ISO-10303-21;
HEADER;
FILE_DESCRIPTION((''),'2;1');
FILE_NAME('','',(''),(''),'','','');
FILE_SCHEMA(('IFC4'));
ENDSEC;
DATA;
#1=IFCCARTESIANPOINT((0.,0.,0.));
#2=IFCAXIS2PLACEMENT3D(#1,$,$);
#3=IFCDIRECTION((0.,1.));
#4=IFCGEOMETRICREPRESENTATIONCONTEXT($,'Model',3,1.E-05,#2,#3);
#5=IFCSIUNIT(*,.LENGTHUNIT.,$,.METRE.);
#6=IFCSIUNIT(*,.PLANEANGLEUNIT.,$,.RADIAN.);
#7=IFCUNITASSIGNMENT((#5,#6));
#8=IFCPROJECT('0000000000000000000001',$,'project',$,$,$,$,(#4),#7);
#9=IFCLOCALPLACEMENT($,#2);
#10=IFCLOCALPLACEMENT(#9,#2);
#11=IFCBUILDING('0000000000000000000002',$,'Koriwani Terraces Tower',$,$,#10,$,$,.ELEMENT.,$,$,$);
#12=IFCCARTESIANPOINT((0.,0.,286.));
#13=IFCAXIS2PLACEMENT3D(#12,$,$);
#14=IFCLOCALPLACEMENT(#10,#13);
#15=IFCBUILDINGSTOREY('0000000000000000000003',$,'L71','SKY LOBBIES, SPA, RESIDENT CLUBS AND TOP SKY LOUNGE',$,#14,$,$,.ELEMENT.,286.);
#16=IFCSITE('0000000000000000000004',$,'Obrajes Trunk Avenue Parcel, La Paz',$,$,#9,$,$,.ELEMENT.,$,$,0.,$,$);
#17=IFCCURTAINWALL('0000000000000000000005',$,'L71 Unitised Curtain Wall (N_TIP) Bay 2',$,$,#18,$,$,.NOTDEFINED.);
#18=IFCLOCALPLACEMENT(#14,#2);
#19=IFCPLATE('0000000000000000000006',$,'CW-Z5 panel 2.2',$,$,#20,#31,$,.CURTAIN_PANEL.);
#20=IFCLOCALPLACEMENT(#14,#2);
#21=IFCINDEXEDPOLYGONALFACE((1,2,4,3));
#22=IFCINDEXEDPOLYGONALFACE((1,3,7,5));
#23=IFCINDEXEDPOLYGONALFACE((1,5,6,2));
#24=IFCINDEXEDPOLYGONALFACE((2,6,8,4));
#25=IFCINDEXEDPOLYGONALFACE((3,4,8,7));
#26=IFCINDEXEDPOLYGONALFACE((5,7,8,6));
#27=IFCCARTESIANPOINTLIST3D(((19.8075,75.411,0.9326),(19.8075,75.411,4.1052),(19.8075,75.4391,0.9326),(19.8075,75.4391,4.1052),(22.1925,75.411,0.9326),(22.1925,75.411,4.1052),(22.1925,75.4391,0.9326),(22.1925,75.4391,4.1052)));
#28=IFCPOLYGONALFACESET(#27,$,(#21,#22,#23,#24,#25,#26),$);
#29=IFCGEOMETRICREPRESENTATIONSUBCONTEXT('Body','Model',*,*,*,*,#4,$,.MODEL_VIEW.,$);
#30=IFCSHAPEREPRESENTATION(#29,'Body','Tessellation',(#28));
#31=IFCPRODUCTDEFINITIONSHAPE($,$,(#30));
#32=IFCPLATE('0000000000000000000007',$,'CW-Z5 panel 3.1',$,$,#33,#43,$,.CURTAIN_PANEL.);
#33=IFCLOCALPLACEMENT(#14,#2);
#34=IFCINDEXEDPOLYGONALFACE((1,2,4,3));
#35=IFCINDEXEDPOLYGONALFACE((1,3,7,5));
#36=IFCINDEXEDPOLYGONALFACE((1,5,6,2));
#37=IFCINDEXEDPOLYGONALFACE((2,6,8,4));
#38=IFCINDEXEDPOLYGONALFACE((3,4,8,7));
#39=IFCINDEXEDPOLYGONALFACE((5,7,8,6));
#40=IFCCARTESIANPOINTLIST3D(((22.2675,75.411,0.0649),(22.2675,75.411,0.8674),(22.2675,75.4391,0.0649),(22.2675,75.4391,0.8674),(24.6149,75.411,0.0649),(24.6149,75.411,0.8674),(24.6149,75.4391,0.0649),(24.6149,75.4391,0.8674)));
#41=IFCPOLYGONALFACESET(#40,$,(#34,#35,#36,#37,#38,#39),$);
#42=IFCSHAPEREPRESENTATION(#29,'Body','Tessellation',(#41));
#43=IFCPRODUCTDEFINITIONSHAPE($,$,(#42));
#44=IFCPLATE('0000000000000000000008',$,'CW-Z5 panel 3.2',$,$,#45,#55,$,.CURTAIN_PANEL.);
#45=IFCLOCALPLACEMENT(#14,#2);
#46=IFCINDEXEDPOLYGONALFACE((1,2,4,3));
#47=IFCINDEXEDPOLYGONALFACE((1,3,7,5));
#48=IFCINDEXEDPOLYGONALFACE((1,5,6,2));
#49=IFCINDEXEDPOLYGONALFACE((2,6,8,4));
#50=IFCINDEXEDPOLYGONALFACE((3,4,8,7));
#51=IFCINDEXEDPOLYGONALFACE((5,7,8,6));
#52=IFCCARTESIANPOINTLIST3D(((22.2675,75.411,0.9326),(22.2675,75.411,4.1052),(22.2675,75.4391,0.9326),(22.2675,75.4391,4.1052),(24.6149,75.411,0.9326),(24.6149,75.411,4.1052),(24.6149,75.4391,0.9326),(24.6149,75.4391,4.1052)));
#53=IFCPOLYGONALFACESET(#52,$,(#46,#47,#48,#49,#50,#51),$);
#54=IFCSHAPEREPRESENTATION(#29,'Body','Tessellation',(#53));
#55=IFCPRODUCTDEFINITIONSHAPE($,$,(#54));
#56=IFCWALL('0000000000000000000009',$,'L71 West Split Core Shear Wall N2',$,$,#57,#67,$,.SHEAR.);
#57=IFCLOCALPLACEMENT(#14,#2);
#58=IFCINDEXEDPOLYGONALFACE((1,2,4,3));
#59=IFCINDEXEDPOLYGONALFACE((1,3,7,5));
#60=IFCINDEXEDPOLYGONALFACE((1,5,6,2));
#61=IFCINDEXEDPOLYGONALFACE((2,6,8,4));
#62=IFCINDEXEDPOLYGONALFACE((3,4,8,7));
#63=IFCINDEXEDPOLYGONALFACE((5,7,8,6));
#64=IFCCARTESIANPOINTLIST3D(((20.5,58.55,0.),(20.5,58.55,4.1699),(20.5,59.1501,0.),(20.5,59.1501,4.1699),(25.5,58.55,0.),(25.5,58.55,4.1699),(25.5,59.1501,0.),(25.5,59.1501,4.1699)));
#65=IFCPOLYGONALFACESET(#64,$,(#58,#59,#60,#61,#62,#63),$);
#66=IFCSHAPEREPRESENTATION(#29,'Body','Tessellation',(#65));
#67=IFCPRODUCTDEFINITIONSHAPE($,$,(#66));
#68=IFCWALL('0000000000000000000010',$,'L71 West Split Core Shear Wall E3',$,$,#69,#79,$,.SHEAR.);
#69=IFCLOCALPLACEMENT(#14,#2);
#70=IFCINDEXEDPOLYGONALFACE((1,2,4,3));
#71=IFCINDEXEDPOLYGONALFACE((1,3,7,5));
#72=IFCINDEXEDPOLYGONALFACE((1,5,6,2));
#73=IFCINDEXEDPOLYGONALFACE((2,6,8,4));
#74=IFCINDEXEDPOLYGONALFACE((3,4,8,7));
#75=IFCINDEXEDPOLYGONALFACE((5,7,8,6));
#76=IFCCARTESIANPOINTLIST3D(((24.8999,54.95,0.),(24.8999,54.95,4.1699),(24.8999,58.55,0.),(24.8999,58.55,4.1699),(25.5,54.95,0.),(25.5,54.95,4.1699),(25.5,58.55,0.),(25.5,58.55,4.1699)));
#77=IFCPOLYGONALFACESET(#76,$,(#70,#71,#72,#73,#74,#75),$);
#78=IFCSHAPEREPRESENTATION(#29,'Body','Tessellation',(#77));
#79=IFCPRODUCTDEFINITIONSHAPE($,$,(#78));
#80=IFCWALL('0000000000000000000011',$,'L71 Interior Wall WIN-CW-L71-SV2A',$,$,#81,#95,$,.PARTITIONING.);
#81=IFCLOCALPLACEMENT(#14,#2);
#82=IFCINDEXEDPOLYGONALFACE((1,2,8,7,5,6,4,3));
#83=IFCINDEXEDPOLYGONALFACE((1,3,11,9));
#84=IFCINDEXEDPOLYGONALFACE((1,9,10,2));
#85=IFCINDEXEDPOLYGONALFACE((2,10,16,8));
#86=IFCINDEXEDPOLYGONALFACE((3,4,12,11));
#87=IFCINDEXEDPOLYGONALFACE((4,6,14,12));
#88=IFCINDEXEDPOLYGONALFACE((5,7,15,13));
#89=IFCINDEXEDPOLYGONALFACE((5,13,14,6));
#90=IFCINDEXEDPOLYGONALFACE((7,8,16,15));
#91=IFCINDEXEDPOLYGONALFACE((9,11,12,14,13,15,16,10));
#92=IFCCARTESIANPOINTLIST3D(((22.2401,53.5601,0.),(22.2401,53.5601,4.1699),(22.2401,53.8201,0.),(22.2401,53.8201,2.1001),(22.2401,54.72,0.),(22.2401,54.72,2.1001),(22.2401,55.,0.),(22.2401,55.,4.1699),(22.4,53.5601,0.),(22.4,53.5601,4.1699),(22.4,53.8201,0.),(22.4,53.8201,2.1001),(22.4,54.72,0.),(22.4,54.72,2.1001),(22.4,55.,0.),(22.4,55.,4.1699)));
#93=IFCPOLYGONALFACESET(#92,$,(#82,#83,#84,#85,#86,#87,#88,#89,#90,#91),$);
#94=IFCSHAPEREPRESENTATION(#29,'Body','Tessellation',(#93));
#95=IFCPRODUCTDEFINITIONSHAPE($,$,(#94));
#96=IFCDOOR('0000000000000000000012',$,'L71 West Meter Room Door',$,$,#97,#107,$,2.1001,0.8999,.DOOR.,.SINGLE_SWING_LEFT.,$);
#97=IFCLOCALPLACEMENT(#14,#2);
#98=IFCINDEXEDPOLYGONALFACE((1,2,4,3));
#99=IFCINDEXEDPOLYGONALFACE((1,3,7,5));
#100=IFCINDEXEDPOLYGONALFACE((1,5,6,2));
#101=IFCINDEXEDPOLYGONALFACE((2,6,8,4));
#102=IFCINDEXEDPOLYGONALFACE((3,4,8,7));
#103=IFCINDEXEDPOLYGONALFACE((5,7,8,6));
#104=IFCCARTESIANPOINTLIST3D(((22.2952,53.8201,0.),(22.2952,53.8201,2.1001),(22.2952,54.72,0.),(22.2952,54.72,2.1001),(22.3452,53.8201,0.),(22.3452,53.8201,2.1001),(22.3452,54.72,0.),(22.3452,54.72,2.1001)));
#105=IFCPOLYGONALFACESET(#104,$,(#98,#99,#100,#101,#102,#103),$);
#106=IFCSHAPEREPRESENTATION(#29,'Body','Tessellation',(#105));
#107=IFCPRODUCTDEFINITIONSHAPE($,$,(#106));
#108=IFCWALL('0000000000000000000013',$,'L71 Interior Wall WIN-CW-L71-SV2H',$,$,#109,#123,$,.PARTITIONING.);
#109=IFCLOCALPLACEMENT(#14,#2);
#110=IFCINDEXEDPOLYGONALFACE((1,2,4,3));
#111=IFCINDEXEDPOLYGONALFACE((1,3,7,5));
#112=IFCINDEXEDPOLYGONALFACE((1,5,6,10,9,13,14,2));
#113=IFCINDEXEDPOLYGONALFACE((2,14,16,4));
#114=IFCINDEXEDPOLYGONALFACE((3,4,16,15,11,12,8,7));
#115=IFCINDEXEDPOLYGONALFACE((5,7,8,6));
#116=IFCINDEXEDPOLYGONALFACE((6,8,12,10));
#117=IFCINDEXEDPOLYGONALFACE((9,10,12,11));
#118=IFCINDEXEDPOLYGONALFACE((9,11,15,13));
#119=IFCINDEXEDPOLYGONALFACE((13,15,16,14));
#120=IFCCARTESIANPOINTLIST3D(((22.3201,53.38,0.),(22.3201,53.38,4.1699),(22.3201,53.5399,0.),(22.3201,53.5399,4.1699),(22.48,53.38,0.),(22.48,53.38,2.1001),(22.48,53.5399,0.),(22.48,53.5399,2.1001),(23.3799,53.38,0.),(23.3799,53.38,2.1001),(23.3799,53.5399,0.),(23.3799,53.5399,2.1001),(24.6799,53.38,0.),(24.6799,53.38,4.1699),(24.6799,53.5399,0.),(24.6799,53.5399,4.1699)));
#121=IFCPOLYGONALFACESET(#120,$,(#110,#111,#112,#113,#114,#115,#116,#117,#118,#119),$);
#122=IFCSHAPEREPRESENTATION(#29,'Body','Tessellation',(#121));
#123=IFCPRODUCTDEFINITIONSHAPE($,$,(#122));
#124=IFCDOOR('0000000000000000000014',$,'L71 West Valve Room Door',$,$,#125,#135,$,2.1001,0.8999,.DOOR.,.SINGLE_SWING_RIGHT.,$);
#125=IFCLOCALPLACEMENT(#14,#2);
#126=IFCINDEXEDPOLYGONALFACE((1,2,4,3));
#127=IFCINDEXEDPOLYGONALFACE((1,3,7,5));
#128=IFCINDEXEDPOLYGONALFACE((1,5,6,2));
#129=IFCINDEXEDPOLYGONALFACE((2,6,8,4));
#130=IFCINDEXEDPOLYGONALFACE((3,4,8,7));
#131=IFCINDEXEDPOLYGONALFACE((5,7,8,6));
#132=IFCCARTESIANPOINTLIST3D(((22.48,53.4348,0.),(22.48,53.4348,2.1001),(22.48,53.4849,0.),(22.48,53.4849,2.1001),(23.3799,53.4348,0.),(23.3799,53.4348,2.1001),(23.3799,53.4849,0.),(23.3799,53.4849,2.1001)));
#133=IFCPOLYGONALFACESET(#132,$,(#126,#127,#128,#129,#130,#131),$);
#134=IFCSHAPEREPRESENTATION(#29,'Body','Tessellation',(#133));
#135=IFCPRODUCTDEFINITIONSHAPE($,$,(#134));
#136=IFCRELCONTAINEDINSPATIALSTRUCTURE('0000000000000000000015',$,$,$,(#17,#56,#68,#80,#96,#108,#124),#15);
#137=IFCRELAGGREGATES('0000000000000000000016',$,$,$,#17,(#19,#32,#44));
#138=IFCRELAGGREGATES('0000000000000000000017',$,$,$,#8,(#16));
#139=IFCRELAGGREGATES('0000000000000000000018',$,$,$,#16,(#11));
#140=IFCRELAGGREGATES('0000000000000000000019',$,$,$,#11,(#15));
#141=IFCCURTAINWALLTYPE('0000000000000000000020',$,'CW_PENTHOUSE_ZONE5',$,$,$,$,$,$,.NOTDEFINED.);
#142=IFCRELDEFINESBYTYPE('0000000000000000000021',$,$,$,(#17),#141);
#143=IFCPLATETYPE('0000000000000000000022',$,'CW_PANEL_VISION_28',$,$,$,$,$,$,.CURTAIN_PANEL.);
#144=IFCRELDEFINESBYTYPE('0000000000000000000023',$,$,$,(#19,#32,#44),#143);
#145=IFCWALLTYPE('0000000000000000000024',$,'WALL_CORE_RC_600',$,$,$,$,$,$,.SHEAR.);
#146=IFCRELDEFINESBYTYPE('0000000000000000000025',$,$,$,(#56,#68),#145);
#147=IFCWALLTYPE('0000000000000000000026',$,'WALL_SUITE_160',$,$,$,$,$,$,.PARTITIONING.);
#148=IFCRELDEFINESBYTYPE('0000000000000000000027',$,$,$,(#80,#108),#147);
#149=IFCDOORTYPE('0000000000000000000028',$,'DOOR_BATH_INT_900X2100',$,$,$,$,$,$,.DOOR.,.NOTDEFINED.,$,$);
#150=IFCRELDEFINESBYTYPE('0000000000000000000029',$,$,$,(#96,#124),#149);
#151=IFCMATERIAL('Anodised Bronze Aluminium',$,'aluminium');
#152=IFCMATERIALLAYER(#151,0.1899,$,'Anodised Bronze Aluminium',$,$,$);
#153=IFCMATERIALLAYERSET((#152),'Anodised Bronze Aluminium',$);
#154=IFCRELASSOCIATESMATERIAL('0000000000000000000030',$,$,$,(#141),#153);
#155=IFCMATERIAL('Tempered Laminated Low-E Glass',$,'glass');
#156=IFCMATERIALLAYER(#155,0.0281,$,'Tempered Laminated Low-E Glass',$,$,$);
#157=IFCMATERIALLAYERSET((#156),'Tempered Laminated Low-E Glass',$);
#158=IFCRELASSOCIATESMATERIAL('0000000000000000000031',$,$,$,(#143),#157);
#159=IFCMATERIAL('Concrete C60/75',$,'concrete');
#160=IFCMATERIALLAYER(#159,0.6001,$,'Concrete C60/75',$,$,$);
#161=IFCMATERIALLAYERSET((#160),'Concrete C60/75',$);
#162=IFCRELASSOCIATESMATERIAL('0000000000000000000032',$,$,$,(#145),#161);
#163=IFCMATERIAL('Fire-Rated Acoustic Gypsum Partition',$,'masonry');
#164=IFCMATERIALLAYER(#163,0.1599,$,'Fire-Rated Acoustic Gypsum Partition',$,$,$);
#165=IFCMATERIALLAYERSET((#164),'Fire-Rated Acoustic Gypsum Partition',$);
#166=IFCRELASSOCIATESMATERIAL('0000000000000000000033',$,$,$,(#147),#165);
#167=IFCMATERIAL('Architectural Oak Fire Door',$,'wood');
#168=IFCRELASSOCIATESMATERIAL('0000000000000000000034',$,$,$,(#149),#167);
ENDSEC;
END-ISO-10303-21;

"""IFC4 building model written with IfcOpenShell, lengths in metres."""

from ifc_helpers import new_model, si_unit, direction, frame, frame_2d, origin, origin_2d, place, context, subcontext, project, spatial, rectangle, extrude, material, layer, layer_set, type_object, element, fill, aggregate, save


model = new_model("IFC4")

# Units and contexts
model_context = context("Model", 3, precision=1e-05, world=origin(), true_north=direction((0.0, 1.0)))
body_context = subcontext(model_context, "Body", "Model", "MODEL_VIEW")
ifc_project = project(units=[si_unit("LENGTHUNIT", "METRE"), si_unit("PLANEANGLEUNIT", "RADIAN")], contexts=[model_context])

# Site, building, storey
site_placement = place(None, origin())
site = spatial("IfcSite", under=ifc_project, at=site_placement, Name="Obrajes Trunk Avenue Parcel, La Paz", CompositionType="ELEMENT", RefElevation=0.0)
building_placement = place(site_placement, origin())
building = spatial("IfcBuilding", under=site, at=building_placement, Name="Koriwani Terraces Tower", CompositionType="ELEMENT")
storey_placement = place(building_placement, frame((0.0, 0.0, 286.0)))
storey = spatial("IfcBuildingStorey", under=building, at=storey_placement, Name="L71", Description="SKY LOBBIES, SPA, RESIDENT CLUBS AND TOP SKY LOUNGE", CompositionType="ELEMENT", Elevation=286.0)

# Curtain wall
ifc_material_1 = material(Name="Anodised Bronze Aluminium", Category="aluminium")
ifc_layer_1 = layer(ifc_material_1, 0.1899, Name="Anodised Bronze Aluminium")
ifc_layer_set_1 = layer_set([ifc_layer_1], Name="Anodised Bronze Aluminium")
curtain_wall_type = type_object("IfcCurtainWallType", Name="CW_PENTHOUSE_ZONE5", PredefinedType="NOTDEFINED", material=ifc_layer_set_1)
curtain_wall_placement = place(storey_placement, origin())
curtain_wall = element("IfcCurtainWall", 1, at=curtain_wall_placement, inside=storey, type_object=curtain_wall_type, Name="L71 Unitised Curtain Wall (N_TIP) Bay 2", PredefinedType="NOTDEFINED")

# Plates
ifc_material_2 = material(Name="Tempered Laminated Low-E Glass", Category="glass")
ifc_layer_2 = layer(ifc_material_2, 0.0281, Name="Tempered Laminated Low-E Glass")
ifc_layer_set_2 = layer_set([ifc_layer_2], Name="Tempered Laminated Low-E Glass")
plate_type = type_object("IfcPlateType", Name="CW_PANEL_VISION_28", PredefinedType="CURTAIN_PANEL", material=ifc_layer_set_2)
plate_1_placement = place(storey_placement, frame((21.0, 75.425, 0.9326), z_axis=(0.0, 0.0, 1.0), x_axis=(1.0, 0.0, 0.0)))
plate_1 = element("IfcPlate", 2, at=plate_1_placement, type_object=plate_type, Name="CW-Z5 panel 2.2", PredefinedType="CURTAIN_PANEL", context=body_context, shape_type="SweptSolid", body=[
    extrude(rectangle(XDim=2.385, YDim=0.0281, at=origin_2d()), origin(), (0.0, 0.0, 1.0), 3.1726),
])
plate_2_placement = place(storey_placement, frame((23.4412, 75.425, 0.0649), z_axis=(0.0, 0.0, 1.0), x_axis=(1.0, 0.0, 0.0)))
plate_2 = element("IfcPlate", 3, at=plate_2_placement, type_object=plate_type, Name="CW-Z5 panel 3.1", PredefinedType="CURTAIN_PANEL", context=body_context, shape_type="SweptSolid", body=[
    extrude(rectangle(XDim=2.3474, YDim=0.0281, at=origin_2d()), origin(), (0.0, 0.0, 1.0), 0.8025),
])
plate_3_placement = place(storey_placement, frame((23.4412, 75.425, 0.9326), z_axis=(0.0, 0.0, 1.0), x_axis=(1.0, 0.0, 0.0)))
plate_3 = element("IfcPlate", 4, at=plate_3_placement, type_object=plate_type, Name="CW-Z5 panel 3.2", PredefinedType="CURTAIN_PANEL", context=body_context, shape_type="SweptSolid", body=[
    extrude(rectangle(XDim=2.3474, YDim=0.0281, at=origin_2d()), origin(), (0.0, 0.0, 1.0), 3.1726),
])
aggregate(curtain_wall, [plate_1, plate_2, plate_3])

# Walls
ifc_material_3 = material(Name="Concrete C60/75", Category="concrete")
ifc_layer_3 = layer(ifc_material_3, 0.6001, Name="Concrete C60/75")
ifc_layer_set_3 = layer_set([ifc_layer_3], Name="Concrete C60/75")
wall_type_1 = type_object("IfcWallType", Name="WALL_CORE_RC_600", PredefinedType="SHEAR", material=ifc_layer_set_3)
wall_1_placement = place(storey_placement, frame((20.5, 58.8501, 0.0), z_axis=(0.0, 0.0, 1.0), x_axis=(1.0, 0.0, 0.0)))
element("IfcWall", 5, at=wall_1_placement, inside=storey, type_object=wall_type_1, Name="L71 West Split Core Shear Wall N2", PredefinedType="SHEAR", context=body_context, shape_type="SweptSolid", body=[
    extrude(rectangle(XDim=5.0, YDim=0.6001, at=frame_2d((2.5, 0.0))), origin(), (0.0, 0.0, 1.0), 4.1699),
])
wall_2_placement = place(storey_placement, frame((25.2, 54.95, 0.0), z_axis=(0.0, 0.0, 1.0), x_axis=(0.0, 1.0, 0.0)))
element("IfcWall", 6, at=wall_2_placement, inside=storey, type_object=wall_type_1, Name="L71 West Split Core Shear Wall E3", PredefinedType="SHEAR", context=body_context, shape_type="SweptSolid", body=[
    extrude(rectangle(XDim=3.6001, YDim=0.6001, at=frame_2d((1.8, 0.0))), origin(), (0.0, 0.0, 1.0), 4.1699),
])

# Walls, openings, doors
ifc_material_4 = material(Name="Fire-Rated Acoustic Gypsum Partition", Category="masonry")
ifc_layer_4 = layer(ifc_material_4, 0.1599, Name="Fire-Rated Acoustic Gypsum Partition")
ifc_layer_set_4 = layer_set([ifc_layer_4], Name="Fire-Rated Acoustic Gypsum Partition")
wall_type_2 = type_object("IfcWallType", Name="WALL_SUITE_160", PredefinedType="PARTITIONING", material=ifc_layer_set_4)
wall_3_placement = place(storey_placement, frame((22.3201, 53.5601, 0.0), z_axis=(0.0, 0.0, 1.0), x_axis=(0.0, 1.0, 0.0)))
wall_3 = element("IfcWall", 7, at=wall_3_placement, inside=storey, type_object=wall_type_2, Name="L71 Interior Wall WIN-CW-L71-SV2A", PredefinedType="PARTITIONING", context=body_context, shape_type="SweptSolid", body=[
    extrude(rectangle(XDim=1.4399, YDim=0.1599, at=frame_2d((0.72, 0.0))), origin(), (0.0, 0.0, 1.0), 4.1699),
])
opening_1_placement = place(wall_3_placement, frame((0.26, 0.0, 0.0)))
opening_1 = element("IfcOpeningElement", 8, at=opening_1_placement, cuts=wall_3, PredefinedType="OPENING", context=body_context, shape_type="SweptSolid", body=[
    extrude(rectangle(XDim=0.8999, YDim=2.1001, at=frame_2d((0.45, 1.05))), frame((0.0, 0.0898, 0.0), z_axis=(0.0, -1.0, 0.0), x_axis=(1.0, 0.0, 0.0)), (0.0, 0.0, 1.0), 0.1799),
])
ifc_material_5 = material(Name="Architectural Oak Fire Door", Category="wood")
door_type_1 = type_object("IfcDoorType", Name="DOOR_BATH_INT_900X2100", OperationType="NOTDEFINED", PredefinedType="DOOR", material=ifc_material_5)
door_1_placement = place(opening_1_placement, origin())
door_1 = element("IfcDoor", 9, at=door_1_placement, inside=storey, type_object=door_type_1, Name="L71 West Meter Room Door", OperationType="SINGLE_SWING_LEFT", OverallHeight=2.1001, OverallWidth=0.8999, PredefinedType="DOOR", context=body_context, shape_type="SweptSolid", body=[
    extrude(rectangle(XDim=0.8999, YDim=2.1001, at=frame_2d((0.45, 1.05))), frame((0.0, 0.0249, 0.0), z_axis=(0.0, -1.0, 0.0), x_axis=(1.0, 0.0, 0.0)), (0.0, 0.0, 1.0), 0.05),
])
fill(opening_1, door_1)
wall_4_placement = place(storey_placement, frame((22.3201, 53.46, 0.0), z_axis=(0.0, 0.0, 1.0), x_axis=(1.0, 0.0, 0.0)))
wall_4 = element("IfcWall", 10, at=wall_4_placement, inside=storey, type_object=wall_type_2, Name="L71 Interior Wall WIN-CW-L71-SV2H", PredefinedType="PARTITIONING", context=body_context, shape_type="SweptSolid", body=[
    extrude(rectangle(XDim=2.3599, YDim=0.1599, at=frame_2d((1.1799, 0.0))), origin(), (0.0, 0.0, 1.0), 4.1699),
])
opening_2_placement = place(wall_4_placement, frame((0.1599, 0.0, 0.0)))
opening_2 = element("IfcOpeningElement", 11, at=opening_2_placement, cuts=wall_4, PredefinedType="OPENING", context=body_context, shape_type="SweptSolid", body=[
    extrude(rectangle(XDim=0.8999, YDim=2.1001, at=frame_2d((0.45, 1.05))), frame((0.0, 0.0898, 0.0), z_axis=(0.0, -1.0, 0.0), x_axis=(1.0, 0.0, 0.0)), (0.0, 0.0, 1.0), 0.1799),
])
door_2_placement = place(opening_2_placement, origin())
door_2 = element("IfcDoor", 12, at=door_2_placement, inside=storey, type_object=door_type_1, Name="L71 West Valve Room Door", OperationType="SINGLE_SWING_RIGHT", OverallHeight=2.1001, OverallWidth=0.8999, PredefinedType="DOOR", context=body_context, shape_type="SweptSolid", body=[
    extrude(rectangle(XDim=0.8999, YDim=2.1001, at=frame_2d((0.45, 1.05))), frame((0.0, 0.0249, 0.0), z_axis=(0.0, -1.0, 0.0), x_axis=(1.0, 0.0, 0.0)), (0.0, 0.0, 1.0), 0.05),
])
fill(opening_2, door_2)

save(model, "model.ifc")
